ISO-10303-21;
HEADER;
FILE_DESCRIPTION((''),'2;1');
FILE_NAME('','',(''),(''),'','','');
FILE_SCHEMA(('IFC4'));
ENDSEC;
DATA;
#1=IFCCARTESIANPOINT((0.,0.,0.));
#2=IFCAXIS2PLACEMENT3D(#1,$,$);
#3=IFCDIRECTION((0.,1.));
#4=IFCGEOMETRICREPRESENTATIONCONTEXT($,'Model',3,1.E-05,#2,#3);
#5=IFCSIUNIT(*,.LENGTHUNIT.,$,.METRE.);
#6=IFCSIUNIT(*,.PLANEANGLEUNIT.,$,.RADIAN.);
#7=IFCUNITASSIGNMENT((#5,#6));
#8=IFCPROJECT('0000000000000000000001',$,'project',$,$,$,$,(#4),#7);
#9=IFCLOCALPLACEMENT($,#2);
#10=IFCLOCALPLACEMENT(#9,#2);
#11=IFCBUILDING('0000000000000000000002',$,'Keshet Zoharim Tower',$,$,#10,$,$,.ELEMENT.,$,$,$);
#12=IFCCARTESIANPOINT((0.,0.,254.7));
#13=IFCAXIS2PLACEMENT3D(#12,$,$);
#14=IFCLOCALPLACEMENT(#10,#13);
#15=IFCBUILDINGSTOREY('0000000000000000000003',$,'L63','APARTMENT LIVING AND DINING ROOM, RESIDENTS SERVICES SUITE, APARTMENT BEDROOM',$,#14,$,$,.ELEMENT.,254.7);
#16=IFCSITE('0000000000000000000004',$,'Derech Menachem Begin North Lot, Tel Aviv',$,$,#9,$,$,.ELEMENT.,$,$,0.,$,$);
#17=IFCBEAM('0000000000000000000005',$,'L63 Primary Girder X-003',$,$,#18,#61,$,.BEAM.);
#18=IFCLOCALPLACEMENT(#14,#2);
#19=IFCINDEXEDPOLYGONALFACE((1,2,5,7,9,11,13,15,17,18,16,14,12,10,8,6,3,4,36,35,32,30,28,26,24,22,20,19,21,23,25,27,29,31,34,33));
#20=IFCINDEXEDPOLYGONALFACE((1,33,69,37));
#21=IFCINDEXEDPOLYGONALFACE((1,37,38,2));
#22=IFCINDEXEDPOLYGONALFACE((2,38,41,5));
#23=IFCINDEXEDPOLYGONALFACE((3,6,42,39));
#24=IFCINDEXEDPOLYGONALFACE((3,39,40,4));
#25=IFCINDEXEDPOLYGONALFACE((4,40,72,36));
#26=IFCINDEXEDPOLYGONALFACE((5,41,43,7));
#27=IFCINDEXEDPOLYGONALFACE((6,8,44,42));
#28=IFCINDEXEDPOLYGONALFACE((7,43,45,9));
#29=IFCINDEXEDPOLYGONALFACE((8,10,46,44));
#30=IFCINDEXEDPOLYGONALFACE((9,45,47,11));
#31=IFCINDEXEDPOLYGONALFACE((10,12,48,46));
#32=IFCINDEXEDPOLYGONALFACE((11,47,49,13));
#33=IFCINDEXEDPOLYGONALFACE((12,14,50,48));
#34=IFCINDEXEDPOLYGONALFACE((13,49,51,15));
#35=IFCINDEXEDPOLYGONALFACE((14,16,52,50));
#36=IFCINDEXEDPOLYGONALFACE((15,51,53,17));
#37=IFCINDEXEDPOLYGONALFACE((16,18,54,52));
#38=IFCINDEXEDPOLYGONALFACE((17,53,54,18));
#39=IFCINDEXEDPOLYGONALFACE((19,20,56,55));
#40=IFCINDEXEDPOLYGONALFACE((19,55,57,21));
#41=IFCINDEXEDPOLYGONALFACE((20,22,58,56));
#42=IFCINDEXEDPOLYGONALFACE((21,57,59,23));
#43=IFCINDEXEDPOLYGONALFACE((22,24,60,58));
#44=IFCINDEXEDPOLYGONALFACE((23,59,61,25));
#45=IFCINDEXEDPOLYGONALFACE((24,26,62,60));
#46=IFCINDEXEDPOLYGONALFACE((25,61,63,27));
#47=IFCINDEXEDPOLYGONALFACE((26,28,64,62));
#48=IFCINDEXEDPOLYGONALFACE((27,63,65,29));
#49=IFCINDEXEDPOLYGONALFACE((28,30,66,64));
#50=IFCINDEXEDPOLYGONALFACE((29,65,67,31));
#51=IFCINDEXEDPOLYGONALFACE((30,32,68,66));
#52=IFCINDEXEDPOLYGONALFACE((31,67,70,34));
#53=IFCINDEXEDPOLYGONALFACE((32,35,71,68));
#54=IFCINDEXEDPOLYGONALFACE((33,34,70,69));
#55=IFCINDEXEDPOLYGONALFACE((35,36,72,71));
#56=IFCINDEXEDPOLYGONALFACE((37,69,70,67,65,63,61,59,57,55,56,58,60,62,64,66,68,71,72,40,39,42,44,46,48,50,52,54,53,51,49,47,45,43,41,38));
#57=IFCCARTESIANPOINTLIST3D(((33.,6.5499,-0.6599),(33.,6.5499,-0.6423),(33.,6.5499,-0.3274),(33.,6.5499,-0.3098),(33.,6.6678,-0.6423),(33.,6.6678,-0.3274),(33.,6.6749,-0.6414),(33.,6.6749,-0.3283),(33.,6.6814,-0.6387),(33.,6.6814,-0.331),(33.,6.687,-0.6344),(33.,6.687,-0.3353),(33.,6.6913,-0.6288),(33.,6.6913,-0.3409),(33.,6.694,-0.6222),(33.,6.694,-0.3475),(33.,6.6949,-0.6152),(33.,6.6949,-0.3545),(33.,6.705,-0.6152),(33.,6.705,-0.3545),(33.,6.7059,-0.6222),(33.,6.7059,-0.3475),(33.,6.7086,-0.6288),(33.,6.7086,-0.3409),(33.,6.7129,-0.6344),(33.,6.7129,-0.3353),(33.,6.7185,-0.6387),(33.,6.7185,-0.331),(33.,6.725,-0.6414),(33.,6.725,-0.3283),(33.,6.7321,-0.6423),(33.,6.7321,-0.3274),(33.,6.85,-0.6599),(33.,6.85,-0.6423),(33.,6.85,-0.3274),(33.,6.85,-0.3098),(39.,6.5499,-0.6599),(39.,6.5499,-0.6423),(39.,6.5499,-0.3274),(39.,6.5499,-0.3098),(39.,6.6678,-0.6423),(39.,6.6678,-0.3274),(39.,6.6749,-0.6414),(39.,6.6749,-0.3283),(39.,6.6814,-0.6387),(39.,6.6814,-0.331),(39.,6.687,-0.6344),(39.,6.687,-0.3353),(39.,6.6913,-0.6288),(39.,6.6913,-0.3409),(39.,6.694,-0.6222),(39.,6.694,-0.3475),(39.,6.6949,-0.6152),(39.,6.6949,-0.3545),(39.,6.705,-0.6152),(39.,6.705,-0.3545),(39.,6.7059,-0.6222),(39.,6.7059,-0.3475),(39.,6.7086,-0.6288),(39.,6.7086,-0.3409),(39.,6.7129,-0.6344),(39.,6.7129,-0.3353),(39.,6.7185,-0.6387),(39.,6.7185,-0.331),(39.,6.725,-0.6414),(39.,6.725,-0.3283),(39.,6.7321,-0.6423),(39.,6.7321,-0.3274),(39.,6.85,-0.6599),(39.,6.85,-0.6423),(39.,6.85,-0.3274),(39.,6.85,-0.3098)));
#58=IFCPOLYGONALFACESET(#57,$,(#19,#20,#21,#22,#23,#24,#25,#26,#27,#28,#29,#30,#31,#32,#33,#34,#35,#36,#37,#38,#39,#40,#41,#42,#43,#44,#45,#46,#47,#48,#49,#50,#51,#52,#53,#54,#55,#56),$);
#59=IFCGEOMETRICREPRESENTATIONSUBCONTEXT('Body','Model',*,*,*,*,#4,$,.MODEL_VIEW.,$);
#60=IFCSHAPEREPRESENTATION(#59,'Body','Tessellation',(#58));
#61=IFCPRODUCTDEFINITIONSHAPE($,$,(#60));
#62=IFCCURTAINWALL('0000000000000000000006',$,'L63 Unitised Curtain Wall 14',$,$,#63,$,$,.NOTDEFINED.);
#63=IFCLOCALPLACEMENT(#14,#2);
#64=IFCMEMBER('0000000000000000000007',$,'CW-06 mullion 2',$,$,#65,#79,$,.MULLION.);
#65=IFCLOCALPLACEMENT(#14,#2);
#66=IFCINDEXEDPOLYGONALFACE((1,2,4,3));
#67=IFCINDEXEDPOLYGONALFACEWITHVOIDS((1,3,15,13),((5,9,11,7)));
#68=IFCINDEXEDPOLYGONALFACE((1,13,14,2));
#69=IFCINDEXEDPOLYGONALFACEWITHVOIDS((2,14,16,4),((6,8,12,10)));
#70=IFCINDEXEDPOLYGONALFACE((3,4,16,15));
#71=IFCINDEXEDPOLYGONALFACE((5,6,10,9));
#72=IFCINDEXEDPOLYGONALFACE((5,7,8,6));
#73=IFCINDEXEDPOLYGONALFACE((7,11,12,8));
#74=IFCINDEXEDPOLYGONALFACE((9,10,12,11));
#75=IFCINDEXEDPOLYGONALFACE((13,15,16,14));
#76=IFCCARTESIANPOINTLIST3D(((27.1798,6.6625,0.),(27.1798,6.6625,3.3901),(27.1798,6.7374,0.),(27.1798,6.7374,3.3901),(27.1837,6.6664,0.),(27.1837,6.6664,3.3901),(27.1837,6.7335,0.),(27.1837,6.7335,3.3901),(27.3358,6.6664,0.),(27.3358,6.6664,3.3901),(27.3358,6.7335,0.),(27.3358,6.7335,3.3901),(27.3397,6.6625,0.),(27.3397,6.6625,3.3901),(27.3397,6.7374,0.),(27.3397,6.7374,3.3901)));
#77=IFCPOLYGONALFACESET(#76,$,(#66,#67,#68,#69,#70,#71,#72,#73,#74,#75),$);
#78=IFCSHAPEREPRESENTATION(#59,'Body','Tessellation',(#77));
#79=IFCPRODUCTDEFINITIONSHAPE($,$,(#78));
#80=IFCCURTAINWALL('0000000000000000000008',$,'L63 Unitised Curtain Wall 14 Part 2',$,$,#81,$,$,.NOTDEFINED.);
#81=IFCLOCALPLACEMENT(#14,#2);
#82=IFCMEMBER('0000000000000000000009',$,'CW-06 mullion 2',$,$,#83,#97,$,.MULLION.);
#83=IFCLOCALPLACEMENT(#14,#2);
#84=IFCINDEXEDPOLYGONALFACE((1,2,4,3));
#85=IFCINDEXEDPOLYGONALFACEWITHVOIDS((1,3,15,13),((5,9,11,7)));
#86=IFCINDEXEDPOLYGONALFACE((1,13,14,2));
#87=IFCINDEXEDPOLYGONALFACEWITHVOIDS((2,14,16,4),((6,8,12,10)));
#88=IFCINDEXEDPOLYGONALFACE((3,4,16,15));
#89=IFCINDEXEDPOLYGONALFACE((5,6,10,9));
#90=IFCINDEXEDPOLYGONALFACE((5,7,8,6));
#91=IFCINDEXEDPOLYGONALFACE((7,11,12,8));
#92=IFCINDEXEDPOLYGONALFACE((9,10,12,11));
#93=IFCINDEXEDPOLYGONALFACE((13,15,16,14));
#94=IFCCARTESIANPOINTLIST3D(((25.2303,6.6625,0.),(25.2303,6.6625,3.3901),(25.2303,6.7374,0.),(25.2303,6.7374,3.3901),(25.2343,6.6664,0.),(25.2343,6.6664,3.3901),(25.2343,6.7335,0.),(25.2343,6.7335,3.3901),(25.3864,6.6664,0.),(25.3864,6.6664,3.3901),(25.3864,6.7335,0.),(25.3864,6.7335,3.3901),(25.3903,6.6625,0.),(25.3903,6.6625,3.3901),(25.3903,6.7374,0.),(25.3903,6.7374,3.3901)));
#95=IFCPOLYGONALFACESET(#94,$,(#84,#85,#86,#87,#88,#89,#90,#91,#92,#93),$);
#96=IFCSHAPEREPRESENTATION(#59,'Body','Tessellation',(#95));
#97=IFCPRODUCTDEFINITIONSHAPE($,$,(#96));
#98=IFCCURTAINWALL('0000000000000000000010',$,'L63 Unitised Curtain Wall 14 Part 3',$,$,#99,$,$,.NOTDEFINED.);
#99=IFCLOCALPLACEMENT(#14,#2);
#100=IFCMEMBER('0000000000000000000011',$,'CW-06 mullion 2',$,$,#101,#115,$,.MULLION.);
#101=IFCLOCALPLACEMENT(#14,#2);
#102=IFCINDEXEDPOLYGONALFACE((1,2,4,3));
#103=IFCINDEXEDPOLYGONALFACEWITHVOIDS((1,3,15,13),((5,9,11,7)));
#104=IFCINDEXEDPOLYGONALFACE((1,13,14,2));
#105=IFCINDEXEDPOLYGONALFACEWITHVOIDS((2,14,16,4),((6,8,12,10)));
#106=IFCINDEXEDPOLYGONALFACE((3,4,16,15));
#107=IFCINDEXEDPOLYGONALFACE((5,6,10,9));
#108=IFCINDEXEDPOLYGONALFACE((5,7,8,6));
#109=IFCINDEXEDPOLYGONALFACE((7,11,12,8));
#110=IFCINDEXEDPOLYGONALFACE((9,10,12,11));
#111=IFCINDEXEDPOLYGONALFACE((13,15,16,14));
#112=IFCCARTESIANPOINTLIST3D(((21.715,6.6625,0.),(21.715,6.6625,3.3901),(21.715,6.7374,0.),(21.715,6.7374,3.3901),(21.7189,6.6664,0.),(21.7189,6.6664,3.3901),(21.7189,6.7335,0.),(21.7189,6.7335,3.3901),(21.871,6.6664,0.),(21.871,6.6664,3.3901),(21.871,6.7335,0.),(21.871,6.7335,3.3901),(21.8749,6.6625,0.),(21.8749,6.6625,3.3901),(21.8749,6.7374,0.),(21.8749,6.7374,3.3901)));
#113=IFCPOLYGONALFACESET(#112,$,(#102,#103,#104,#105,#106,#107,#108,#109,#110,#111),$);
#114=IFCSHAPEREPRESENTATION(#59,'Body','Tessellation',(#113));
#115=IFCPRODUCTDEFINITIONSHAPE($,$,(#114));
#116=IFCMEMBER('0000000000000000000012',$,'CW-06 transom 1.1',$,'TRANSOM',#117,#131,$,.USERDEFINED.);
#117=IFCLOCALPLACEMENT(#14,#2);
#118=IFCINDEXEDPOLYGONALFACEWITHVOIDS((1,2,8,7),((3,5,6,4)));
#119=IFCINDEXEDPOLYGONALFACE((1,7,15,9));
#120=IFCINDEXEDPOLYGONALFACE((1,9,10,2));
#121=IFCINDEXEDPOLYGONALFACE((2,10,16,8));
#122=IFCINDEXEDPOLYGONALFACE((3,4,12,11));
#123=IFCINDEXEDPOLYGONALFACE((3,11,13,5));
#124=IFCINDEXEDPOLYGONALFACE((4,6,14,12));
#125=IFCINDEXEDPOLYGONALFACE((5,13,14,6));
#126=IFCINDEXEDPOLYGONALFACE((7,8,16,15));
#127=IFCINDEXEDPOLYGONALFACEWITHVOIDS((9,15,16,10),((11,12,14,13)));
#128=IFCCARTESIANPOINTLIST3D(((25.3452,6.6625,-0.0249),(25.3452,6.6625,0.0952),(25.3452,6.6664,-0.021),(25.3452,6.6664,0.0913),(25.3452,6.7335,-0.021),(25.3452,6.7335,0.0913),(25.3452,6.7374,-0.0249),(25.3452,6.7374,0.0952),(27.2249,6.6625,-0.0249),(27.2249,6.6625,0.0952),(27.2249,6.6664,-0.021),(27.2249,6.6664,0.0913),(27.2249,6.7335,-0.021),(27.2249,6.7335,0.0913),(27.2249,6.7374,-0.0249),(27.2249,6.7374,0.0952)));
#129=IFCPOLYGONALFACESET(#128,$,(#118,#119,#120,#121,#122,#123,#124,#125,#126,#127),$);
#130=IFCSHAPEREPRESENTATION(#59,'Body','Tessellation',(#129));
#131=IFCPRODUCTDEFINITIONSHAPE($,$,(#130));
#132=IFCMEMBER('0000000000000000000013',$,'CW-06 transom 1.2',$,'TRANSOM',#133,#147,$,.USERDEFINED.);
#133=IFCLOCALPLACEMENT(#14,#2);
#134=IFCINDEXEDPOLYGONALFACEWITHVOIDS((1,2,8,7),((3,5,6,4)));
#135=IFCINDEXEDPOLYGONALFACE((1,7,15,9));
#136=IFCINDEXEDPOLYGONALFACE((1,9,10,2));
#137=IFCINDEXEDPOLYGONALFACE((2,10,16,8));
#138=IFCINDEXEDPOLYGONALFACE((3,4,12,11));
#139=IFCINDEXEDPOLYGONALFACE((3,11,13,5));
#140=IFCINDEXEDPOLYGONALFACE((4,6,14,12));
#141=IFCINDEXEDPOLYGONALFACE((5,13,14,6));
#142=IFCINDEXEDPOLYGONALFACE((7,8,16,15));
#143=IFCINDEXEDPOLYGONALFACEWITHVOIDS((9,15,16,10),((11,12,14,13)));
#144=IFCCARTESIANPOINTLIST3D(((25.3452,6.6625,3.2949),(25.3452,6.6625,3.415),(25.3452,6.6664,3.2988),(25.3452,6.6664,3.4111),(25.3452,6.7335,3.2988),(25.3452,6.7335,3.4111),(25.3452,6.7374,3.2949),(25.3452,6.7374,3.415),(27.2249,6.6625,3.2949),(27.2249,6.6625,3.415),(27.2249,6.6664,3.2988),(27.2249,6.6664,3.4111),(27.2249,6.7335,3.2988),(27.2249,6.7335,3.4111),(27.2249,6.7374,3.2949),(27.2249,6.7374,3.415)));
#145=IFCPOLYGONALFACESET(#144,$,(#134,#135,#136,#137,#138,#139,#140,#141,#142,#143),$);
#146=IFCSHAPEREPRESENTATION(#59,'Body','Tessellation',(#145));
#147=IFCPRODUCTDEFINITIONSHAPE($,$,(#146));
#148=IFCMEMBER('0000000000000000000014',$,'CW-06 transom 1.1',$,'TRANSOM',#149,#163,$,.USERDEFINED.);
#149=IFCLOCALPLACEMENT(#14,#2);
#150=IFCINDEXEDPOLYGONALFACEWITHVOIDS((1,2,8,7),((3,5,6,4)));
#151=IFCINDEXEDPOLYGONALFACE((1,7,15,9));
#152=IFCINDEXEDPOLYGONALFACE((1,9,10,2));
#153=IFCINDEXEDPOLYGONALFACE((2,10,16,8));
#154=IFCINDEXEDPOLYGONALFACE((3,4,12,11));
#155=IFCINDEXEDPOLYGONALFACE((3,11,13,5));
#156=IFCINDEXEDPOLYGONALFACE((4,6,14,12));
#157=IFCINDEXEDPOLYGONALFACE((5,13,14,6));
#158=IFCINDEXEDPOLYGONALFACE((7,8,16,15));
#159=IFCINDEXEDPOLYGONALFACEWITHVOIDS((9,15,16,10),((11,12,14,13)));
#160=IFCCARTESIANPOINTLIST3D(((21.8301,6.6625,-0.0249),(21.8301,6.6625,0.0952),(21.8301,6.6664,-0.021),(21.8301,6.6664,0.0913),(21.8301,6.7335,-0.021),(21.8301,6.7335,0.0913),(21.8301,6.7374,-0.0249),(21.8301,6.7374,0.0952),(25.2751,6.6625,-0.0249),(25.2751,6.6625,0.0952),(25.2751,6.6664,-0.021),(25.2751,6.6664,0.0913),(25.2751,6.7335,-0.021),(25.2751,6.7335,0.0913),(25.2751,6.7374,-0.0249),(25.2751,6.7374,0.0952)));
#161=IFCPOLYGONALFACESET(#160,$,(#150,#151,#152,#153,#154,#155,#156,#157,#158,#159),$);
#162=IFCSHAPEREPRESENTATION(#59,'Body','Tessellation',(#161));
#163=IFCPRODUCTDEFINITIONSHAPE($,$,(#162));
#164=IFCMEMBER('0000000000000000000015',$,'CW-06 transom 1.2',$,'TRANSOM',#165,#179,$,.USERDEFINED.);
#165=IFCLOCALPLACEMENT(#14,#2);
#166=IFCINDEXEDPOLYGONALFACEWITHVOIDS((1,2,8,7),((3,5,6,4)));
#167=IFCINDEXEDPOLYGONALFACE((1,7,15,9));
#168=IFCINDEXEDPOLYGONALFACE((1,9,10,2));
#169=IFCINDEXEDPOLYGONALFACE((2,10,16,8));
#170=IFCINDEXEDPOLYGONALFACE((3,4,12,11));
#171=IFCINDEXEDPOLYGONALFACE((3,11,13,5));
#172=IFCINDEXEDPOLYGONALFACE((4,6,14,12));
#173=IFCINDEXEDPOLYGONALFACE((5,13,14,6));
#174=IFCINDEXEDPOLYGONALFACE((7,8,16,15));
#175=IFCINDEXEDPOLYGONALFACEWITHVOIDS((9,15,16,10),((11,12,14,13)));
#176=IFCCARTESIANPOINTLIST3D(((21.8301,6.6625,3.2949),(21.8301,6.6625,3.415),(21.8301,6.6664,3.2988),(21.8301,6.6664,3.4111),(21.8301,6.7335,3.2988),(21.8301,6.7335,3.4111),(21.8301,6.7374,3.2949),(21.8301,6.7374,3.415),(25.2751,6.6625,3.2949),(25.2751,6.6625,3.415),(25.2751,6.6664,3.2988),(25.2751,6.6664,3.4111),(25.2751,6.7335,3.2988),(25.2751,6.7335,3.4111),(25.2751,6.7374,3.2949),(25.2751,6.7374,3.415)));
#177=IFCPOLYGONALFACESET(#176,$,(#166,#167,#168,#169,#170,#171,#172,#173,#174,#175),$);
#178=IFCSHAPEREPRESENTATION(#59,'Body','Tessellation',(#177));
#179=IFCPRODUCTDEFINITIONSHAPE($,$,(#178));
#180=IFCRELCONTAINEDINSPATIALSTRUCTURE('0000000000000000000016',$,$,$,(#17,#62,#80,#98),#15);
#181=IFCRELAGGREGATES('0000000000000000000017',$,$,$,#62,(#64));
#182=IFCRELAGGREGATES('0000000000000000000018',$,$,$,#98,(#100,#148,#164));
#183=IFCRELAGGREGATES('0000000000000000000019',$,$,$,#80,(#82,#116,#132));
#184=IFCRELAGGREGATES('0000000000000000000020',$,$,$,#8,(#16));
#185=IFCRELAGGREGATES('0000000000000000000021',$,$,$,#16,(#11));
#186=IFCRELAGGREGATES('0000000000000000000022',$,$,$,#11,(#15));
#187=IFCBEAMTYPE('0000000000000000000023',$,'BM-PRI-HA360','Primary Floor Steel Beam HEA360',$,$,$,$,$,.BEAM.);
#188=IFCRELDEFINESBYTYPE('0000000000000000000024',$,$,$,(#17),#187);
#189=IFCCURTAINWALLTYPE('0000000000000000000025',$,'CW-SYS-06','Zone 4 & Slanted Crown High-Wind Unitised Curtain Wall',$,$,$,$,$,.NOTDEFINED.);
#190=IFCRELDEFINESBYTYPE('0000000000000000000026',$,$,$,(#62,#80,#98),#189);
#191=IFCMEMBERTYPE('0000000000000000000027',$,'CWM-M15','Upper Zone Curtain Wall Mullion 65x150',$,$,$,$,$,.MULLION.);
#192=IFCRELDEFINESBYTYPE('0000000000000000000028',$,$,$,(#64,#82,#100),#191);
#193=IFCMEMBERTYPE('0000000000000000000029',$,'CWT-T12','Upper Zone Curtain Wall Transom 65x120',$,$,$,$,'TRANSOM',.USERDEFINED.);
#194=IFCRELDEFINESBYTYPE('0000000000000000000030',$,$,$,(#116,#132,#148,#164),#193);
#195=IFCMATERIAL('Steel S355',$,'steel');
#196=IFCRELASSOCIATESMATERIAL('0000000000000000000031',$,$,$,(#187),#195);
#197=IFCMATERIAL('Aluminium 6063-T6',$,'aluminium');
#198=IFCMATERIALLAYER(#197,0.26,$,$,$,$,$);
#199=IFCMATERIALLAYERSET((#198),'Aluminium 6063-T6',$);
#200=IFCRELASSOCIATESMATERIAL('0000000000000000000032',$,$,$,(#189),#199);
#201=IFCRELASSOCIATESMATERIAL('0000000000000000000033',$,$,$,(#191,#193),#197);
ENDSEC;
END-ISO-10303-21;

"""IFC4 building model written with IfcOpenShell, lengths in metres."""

from ifc_helpers import new_model, si_unit, direction, frame, origin, origin_2d, place, context, subcontext, project, spatial, hollow_rectangle, i_section, extrude, material, layer, layer_set, material_profile, profile_set, type_object, element, aggregate, save


model = new_model("IFC4")

# Units and contexts
model_context = context("Model", 3, precision=1e-05, world=origin(), true_north=direction((0.0, 1.0)))
body_context = subcontext(model_context, "Body", "Model", "MODEL_VIEW")
ifc_project = project(units=[si_unit("LENGTHUNIT", "METRE"), si_unit("PLANEANGLEUNIT", "RADIAN")], contexts=[model_context])

# Site, building, storey
site_placement = place(None, origin())
site = spatial("IfcSite", under=ifc_project, at=site_placement, Name="Derech Menachem Begin North Lot, Tel Aviv", CompositionType="ELEMENT", RefElevation=0.0)
building_placement = place(site_placement, origin())
building = spatial("IfcBuilding", under=site, at=building_placement, Name="Keshet Zoharim Tower", CompositionType="ELEMENT")
storey_placement = place(building_placement, frame((0.0, 0.0, 254.7)))
storey = spatial("IfcBuildingStorey", under=building, at=storey_placement, Name="L63", Description="APARTMENT LIVING AND DINING ROOM, RESIDENTS SERVICES SUITE, APARTMENT BEDROOM", CompositionType="ELEMENT", Elevation=254.7)

# Shared definitions
ifc_material_1 = material(Name="Steel S355", Category="steel")

# Beam
ifc_material_profile_1 = material_profile(ifc_material_1, i_section(OverallWidth=0.3, OverallDepth=0.3501, WebThickness=0.01, FlangeThickness=0.0176, FilletRadius=0.0271, at=origin_2d()), Name="HEA360")
ifc_profile_set_1 = profile_set([ifc_material_profile_1], Name="Steel S355")
beam_type_1 = type_object("IfcBeamType", Name="BM-PRI-HA360", Description="Primary Floor Steel Beam HEA360", PredefinedType="BEAM", material=ifc_profile_set_1)
for number, where, z_axis, x_axis, name in (
    (1, (33.0, 6.7, -0.4849), (1.0, 0.0, 0.0), (0.0, 1.0, 0.0), "L63 Primary Girder X-003"),
):
    element("IfcBeam", number, at=place(storey_placement, frame(where, z_axis=z_axis, x_axis=x_axis)), inside=storey, type_object=beam_type_1, Name=name, PredefinedType="BEAM", context=body_context, shape_type="SweptSolid", body=[
        extrude(i_section(OverallWidth=0.3, OverallDepth=0.3501, WebThickness=0.01, FlangeThickness=0.0176, FilletRadius=0.0271, at=origin_2d()), origin(), (0.0, 0.0, 1.0), 6.0),
    ])

# Curtain walls, members
ifc_material_2 = material(Name="Aluminium 6063-T6", Category="aluminium")
ifc_layer_1 = layer(ifc_material_2, 0.26)
ifc_layer_set_1 = layer_set([ifc_layer_1], Name="Aluminium 6063-T6")
curtain_wall_type = type_object("IfcCurtainWallType", Name="CW-SYS-06", Description="Zone 4 & Slanted Crown High-Wind Unitised Curtain Wall", PredefinedType="NOTDEFINED", material=ifc_layer_set_1)
curtain_wall_1_placement = place(storey_placement, origin())
curtain_wall_1 = element("IfcCurtainWall", 2, at=curtain_wall_1_placement, inside=storey, type_object=curtain_wall_type, Name="L63 Unitised Curtain Wall 14", PredefinedType="NOTDEFINED")
ifc_material_profile_2 = material_profile(ifc_material_2, hollow_rectangle(XDim=0.075, YDim=0.1599, WallThickness=0.0039, at=origin_2d()), Name="MUL-75x160")
ifc_profile_set_2 = profile_set([ifc_material_profile_2], Name="Aluminium 6063-T6")
member_type_1 = type_object("IfcMemberType", Name="CWM-M15", Description="Upper Zone Curtain Wall Mullion 65x150", PredefinedType="MULLION", material=ifc_profile_set_2)
member_1_placement = place(storey_placement, frame((27.2598, 6.7, 0.0), z_axis=(0.0, 0.0, 1.0), x_axis=(0.0, -1.0, 0.0)))
member_1 = element("IfcMember", 3, at=member_1_placement, type_object=member_type_1, Name="CW-06 mullion 2", PredefinedType="MULLION", context=body_context, shape_type="SweptSolid", body=[
    extrude(hollow_rectangle(XDim=0.075, YDim=0.1599, WallThickness=0.0039, at=origin_2d()), origin(), (0.0, 0.0, 1.0), 3.3901),
])
aggregate(curtain_wall_1, [member_1])
curtain_wall_2_placement = place(storey_placement, origin())
curtain_wall_2 = element("IfcCurtainWall", 4, at=curtain_wall_2_placement, inside=storey, type_object=curtain_wall_type, Name="L63 Unitised Curtain Wall 14 Part 2", PredefinedType="NOTDEFINED")
member_2_placement = place(storey_placement, frame((25.3103, 6.7, 0.0), z_axis=(0.0, 0.0, 1.0), x_axis=(0.0, -1.0, 0.0)))
member_2 = element("IfcMember", 5, at=member_2_placement, type_object=member_type_1, Name="CW-06 mullion 2", PredefinedType="MULLION", context=body_context, shape_type="SweptSolid", body=[
    extrude(hollow_rectangle(XDim=0.075, YDim=0.1599, WallThickness=0.0039, at=origin_2d()), origin(), (0.0, 0.0, 1.0), 3.3901),
])
curtain_wall_3_placement = place(storey_placement, origin())
curtain_wall_3 = element("IfcCurtainWall", 6, at=curtain_wall_3_placement, inside=storey, type_object=curtain_wall_type, Name="L63 Unitised Curtain Wall 14 Part 3", PredefinedType="NOTDEFINED")
member_3_placement = place(storey_placement, frame((21.7949, 6.7, 0.0), z_axis=(0.0, 0.0, 1.0), x_axis=(0.0, -1.0, 0.0)))
member_3 = element("IfcMember", 7, at=member_3_placement, type_object=member_type_1, Name="CW-06 mullion 2", PredefinedType="MULLION", context=body_context, shape_type="SweptSolid", body=[
    extrude(hollow_rectangle(XDim=0.075, YDim=0.1599, WallThickness=0.0039, at=origin_2d()), origin(), (0.0, 0.0, 1.0), 3.3901),
])

# Members
ifc_material_profile_3 = material_profile(ifc_material_2, hollow_rectangle(XDim=0.075, YDim=0.1201, WallThickness=0.0039, at=origin_2d()), Name="TRN-75x120")
ifc_profile_set_3 = profile_set([ifc_material_profile_3], Name="Aluminium 6063-T6")
member_type_2 = type_object("IfcMemberType", Name="CWT-T12", Description="Upper Zone Curtain Wall Transom 65x120", ElementType="TRANSOM", PredefinedType="USERDEFINED", material=ifc_profile_set_3)
member_4_placement = place(storey_placement, frame((27.2249, 6.7, 0.0352), z_axis=(-1.0, 0.0, 0.0), x_axis=(0.0, -1.0, 0.0)))
member_4 = element("IfcMember", 8, at=member_4_placement, type_object=member_type_2, Name="CW-06 transom 1.1", ObjectType="TRANSOM", PredefinedType="USERDEFINED", context=body_context, shape_type="SweptSolid", body=[
    extrude(hollow_rectangle(XDim=0.075, YDim=0.1201, WallThickness=0.0039, at=origin_2d()), origin(), (0.0, 0.0, 1.0), 1.8796),
])
member_5_placement = place(storey_placement, frame((27.2249, 6.7, 3.355), z_axis=(-1.0, 0.0, 0.0), x_axis=(0.0, -1.0, 0.0)))
member_5 = element("IfcMember", 9, at=member_5_placement, type_object=member_type_2, Name="CW-06 transom 1.2", ObjectType="TRANSOM", PredefinedType="USERDEFINED", context=body_context, shape_type="SweptSolid", body=[
    extrude(hollow_rectangle(XDim=0.075, YDim=0.1201, WallThickness=0.0039, at=origin_2d()), origin(), (0.0, 0.0, 1.0), 1.8796),
])
member_6_placement = place(storey_placement, frame((25.2751, 6.7, 0.0352), z_axis=(-1.0, 0.0, 0.0), x_axis=(0.0, -1.0, 0.0)))
member_6 = element("IfcMember", 10, at=member_6_placement, type_object=member_type_2, Name="CW-06 transom 1.1", ObjectType="TRANSOM", PredefinedType="USERDEFINED", context=body_context, shape_type="SweptSolid", body=[
    extrude(hollow_rectangle(XDim=0.075, YDim=0.1201, WallThickness=0.0039, at=origin_2d()), origin(), (0.0, 0.0, 1.0), 3.4451),
])
member_7_placement = place(storey_placement, frame((25.2751, 6.7, 3.355), z_axis=(-1.0, 0.0, 0.0), x_axis=(0.0, -1.0, 0.0)))
member_7 = element("IfcMember", 11, at=member_7_placement, type_object=member_type_2, Name="CW-06 transom 1.2", ObjectType="TRANSOM", PredefinedType="USERDEFINED", context=body_context, shape_type="SweptSolid", body=[
    extrude(hollow_rectangle(XDim=0.075, YDim=0.1201, WallThickness=0.0039, at=origin_2d()), origin(), (0.0, 0.0, 1.0), 3.4451),
])

aggregate(curtain_wall_3, [member_3, member_6, member_7])
aggregate(curtain_wall_2, [member_2, member_4, member_5])

save(model, "model.ifc")
